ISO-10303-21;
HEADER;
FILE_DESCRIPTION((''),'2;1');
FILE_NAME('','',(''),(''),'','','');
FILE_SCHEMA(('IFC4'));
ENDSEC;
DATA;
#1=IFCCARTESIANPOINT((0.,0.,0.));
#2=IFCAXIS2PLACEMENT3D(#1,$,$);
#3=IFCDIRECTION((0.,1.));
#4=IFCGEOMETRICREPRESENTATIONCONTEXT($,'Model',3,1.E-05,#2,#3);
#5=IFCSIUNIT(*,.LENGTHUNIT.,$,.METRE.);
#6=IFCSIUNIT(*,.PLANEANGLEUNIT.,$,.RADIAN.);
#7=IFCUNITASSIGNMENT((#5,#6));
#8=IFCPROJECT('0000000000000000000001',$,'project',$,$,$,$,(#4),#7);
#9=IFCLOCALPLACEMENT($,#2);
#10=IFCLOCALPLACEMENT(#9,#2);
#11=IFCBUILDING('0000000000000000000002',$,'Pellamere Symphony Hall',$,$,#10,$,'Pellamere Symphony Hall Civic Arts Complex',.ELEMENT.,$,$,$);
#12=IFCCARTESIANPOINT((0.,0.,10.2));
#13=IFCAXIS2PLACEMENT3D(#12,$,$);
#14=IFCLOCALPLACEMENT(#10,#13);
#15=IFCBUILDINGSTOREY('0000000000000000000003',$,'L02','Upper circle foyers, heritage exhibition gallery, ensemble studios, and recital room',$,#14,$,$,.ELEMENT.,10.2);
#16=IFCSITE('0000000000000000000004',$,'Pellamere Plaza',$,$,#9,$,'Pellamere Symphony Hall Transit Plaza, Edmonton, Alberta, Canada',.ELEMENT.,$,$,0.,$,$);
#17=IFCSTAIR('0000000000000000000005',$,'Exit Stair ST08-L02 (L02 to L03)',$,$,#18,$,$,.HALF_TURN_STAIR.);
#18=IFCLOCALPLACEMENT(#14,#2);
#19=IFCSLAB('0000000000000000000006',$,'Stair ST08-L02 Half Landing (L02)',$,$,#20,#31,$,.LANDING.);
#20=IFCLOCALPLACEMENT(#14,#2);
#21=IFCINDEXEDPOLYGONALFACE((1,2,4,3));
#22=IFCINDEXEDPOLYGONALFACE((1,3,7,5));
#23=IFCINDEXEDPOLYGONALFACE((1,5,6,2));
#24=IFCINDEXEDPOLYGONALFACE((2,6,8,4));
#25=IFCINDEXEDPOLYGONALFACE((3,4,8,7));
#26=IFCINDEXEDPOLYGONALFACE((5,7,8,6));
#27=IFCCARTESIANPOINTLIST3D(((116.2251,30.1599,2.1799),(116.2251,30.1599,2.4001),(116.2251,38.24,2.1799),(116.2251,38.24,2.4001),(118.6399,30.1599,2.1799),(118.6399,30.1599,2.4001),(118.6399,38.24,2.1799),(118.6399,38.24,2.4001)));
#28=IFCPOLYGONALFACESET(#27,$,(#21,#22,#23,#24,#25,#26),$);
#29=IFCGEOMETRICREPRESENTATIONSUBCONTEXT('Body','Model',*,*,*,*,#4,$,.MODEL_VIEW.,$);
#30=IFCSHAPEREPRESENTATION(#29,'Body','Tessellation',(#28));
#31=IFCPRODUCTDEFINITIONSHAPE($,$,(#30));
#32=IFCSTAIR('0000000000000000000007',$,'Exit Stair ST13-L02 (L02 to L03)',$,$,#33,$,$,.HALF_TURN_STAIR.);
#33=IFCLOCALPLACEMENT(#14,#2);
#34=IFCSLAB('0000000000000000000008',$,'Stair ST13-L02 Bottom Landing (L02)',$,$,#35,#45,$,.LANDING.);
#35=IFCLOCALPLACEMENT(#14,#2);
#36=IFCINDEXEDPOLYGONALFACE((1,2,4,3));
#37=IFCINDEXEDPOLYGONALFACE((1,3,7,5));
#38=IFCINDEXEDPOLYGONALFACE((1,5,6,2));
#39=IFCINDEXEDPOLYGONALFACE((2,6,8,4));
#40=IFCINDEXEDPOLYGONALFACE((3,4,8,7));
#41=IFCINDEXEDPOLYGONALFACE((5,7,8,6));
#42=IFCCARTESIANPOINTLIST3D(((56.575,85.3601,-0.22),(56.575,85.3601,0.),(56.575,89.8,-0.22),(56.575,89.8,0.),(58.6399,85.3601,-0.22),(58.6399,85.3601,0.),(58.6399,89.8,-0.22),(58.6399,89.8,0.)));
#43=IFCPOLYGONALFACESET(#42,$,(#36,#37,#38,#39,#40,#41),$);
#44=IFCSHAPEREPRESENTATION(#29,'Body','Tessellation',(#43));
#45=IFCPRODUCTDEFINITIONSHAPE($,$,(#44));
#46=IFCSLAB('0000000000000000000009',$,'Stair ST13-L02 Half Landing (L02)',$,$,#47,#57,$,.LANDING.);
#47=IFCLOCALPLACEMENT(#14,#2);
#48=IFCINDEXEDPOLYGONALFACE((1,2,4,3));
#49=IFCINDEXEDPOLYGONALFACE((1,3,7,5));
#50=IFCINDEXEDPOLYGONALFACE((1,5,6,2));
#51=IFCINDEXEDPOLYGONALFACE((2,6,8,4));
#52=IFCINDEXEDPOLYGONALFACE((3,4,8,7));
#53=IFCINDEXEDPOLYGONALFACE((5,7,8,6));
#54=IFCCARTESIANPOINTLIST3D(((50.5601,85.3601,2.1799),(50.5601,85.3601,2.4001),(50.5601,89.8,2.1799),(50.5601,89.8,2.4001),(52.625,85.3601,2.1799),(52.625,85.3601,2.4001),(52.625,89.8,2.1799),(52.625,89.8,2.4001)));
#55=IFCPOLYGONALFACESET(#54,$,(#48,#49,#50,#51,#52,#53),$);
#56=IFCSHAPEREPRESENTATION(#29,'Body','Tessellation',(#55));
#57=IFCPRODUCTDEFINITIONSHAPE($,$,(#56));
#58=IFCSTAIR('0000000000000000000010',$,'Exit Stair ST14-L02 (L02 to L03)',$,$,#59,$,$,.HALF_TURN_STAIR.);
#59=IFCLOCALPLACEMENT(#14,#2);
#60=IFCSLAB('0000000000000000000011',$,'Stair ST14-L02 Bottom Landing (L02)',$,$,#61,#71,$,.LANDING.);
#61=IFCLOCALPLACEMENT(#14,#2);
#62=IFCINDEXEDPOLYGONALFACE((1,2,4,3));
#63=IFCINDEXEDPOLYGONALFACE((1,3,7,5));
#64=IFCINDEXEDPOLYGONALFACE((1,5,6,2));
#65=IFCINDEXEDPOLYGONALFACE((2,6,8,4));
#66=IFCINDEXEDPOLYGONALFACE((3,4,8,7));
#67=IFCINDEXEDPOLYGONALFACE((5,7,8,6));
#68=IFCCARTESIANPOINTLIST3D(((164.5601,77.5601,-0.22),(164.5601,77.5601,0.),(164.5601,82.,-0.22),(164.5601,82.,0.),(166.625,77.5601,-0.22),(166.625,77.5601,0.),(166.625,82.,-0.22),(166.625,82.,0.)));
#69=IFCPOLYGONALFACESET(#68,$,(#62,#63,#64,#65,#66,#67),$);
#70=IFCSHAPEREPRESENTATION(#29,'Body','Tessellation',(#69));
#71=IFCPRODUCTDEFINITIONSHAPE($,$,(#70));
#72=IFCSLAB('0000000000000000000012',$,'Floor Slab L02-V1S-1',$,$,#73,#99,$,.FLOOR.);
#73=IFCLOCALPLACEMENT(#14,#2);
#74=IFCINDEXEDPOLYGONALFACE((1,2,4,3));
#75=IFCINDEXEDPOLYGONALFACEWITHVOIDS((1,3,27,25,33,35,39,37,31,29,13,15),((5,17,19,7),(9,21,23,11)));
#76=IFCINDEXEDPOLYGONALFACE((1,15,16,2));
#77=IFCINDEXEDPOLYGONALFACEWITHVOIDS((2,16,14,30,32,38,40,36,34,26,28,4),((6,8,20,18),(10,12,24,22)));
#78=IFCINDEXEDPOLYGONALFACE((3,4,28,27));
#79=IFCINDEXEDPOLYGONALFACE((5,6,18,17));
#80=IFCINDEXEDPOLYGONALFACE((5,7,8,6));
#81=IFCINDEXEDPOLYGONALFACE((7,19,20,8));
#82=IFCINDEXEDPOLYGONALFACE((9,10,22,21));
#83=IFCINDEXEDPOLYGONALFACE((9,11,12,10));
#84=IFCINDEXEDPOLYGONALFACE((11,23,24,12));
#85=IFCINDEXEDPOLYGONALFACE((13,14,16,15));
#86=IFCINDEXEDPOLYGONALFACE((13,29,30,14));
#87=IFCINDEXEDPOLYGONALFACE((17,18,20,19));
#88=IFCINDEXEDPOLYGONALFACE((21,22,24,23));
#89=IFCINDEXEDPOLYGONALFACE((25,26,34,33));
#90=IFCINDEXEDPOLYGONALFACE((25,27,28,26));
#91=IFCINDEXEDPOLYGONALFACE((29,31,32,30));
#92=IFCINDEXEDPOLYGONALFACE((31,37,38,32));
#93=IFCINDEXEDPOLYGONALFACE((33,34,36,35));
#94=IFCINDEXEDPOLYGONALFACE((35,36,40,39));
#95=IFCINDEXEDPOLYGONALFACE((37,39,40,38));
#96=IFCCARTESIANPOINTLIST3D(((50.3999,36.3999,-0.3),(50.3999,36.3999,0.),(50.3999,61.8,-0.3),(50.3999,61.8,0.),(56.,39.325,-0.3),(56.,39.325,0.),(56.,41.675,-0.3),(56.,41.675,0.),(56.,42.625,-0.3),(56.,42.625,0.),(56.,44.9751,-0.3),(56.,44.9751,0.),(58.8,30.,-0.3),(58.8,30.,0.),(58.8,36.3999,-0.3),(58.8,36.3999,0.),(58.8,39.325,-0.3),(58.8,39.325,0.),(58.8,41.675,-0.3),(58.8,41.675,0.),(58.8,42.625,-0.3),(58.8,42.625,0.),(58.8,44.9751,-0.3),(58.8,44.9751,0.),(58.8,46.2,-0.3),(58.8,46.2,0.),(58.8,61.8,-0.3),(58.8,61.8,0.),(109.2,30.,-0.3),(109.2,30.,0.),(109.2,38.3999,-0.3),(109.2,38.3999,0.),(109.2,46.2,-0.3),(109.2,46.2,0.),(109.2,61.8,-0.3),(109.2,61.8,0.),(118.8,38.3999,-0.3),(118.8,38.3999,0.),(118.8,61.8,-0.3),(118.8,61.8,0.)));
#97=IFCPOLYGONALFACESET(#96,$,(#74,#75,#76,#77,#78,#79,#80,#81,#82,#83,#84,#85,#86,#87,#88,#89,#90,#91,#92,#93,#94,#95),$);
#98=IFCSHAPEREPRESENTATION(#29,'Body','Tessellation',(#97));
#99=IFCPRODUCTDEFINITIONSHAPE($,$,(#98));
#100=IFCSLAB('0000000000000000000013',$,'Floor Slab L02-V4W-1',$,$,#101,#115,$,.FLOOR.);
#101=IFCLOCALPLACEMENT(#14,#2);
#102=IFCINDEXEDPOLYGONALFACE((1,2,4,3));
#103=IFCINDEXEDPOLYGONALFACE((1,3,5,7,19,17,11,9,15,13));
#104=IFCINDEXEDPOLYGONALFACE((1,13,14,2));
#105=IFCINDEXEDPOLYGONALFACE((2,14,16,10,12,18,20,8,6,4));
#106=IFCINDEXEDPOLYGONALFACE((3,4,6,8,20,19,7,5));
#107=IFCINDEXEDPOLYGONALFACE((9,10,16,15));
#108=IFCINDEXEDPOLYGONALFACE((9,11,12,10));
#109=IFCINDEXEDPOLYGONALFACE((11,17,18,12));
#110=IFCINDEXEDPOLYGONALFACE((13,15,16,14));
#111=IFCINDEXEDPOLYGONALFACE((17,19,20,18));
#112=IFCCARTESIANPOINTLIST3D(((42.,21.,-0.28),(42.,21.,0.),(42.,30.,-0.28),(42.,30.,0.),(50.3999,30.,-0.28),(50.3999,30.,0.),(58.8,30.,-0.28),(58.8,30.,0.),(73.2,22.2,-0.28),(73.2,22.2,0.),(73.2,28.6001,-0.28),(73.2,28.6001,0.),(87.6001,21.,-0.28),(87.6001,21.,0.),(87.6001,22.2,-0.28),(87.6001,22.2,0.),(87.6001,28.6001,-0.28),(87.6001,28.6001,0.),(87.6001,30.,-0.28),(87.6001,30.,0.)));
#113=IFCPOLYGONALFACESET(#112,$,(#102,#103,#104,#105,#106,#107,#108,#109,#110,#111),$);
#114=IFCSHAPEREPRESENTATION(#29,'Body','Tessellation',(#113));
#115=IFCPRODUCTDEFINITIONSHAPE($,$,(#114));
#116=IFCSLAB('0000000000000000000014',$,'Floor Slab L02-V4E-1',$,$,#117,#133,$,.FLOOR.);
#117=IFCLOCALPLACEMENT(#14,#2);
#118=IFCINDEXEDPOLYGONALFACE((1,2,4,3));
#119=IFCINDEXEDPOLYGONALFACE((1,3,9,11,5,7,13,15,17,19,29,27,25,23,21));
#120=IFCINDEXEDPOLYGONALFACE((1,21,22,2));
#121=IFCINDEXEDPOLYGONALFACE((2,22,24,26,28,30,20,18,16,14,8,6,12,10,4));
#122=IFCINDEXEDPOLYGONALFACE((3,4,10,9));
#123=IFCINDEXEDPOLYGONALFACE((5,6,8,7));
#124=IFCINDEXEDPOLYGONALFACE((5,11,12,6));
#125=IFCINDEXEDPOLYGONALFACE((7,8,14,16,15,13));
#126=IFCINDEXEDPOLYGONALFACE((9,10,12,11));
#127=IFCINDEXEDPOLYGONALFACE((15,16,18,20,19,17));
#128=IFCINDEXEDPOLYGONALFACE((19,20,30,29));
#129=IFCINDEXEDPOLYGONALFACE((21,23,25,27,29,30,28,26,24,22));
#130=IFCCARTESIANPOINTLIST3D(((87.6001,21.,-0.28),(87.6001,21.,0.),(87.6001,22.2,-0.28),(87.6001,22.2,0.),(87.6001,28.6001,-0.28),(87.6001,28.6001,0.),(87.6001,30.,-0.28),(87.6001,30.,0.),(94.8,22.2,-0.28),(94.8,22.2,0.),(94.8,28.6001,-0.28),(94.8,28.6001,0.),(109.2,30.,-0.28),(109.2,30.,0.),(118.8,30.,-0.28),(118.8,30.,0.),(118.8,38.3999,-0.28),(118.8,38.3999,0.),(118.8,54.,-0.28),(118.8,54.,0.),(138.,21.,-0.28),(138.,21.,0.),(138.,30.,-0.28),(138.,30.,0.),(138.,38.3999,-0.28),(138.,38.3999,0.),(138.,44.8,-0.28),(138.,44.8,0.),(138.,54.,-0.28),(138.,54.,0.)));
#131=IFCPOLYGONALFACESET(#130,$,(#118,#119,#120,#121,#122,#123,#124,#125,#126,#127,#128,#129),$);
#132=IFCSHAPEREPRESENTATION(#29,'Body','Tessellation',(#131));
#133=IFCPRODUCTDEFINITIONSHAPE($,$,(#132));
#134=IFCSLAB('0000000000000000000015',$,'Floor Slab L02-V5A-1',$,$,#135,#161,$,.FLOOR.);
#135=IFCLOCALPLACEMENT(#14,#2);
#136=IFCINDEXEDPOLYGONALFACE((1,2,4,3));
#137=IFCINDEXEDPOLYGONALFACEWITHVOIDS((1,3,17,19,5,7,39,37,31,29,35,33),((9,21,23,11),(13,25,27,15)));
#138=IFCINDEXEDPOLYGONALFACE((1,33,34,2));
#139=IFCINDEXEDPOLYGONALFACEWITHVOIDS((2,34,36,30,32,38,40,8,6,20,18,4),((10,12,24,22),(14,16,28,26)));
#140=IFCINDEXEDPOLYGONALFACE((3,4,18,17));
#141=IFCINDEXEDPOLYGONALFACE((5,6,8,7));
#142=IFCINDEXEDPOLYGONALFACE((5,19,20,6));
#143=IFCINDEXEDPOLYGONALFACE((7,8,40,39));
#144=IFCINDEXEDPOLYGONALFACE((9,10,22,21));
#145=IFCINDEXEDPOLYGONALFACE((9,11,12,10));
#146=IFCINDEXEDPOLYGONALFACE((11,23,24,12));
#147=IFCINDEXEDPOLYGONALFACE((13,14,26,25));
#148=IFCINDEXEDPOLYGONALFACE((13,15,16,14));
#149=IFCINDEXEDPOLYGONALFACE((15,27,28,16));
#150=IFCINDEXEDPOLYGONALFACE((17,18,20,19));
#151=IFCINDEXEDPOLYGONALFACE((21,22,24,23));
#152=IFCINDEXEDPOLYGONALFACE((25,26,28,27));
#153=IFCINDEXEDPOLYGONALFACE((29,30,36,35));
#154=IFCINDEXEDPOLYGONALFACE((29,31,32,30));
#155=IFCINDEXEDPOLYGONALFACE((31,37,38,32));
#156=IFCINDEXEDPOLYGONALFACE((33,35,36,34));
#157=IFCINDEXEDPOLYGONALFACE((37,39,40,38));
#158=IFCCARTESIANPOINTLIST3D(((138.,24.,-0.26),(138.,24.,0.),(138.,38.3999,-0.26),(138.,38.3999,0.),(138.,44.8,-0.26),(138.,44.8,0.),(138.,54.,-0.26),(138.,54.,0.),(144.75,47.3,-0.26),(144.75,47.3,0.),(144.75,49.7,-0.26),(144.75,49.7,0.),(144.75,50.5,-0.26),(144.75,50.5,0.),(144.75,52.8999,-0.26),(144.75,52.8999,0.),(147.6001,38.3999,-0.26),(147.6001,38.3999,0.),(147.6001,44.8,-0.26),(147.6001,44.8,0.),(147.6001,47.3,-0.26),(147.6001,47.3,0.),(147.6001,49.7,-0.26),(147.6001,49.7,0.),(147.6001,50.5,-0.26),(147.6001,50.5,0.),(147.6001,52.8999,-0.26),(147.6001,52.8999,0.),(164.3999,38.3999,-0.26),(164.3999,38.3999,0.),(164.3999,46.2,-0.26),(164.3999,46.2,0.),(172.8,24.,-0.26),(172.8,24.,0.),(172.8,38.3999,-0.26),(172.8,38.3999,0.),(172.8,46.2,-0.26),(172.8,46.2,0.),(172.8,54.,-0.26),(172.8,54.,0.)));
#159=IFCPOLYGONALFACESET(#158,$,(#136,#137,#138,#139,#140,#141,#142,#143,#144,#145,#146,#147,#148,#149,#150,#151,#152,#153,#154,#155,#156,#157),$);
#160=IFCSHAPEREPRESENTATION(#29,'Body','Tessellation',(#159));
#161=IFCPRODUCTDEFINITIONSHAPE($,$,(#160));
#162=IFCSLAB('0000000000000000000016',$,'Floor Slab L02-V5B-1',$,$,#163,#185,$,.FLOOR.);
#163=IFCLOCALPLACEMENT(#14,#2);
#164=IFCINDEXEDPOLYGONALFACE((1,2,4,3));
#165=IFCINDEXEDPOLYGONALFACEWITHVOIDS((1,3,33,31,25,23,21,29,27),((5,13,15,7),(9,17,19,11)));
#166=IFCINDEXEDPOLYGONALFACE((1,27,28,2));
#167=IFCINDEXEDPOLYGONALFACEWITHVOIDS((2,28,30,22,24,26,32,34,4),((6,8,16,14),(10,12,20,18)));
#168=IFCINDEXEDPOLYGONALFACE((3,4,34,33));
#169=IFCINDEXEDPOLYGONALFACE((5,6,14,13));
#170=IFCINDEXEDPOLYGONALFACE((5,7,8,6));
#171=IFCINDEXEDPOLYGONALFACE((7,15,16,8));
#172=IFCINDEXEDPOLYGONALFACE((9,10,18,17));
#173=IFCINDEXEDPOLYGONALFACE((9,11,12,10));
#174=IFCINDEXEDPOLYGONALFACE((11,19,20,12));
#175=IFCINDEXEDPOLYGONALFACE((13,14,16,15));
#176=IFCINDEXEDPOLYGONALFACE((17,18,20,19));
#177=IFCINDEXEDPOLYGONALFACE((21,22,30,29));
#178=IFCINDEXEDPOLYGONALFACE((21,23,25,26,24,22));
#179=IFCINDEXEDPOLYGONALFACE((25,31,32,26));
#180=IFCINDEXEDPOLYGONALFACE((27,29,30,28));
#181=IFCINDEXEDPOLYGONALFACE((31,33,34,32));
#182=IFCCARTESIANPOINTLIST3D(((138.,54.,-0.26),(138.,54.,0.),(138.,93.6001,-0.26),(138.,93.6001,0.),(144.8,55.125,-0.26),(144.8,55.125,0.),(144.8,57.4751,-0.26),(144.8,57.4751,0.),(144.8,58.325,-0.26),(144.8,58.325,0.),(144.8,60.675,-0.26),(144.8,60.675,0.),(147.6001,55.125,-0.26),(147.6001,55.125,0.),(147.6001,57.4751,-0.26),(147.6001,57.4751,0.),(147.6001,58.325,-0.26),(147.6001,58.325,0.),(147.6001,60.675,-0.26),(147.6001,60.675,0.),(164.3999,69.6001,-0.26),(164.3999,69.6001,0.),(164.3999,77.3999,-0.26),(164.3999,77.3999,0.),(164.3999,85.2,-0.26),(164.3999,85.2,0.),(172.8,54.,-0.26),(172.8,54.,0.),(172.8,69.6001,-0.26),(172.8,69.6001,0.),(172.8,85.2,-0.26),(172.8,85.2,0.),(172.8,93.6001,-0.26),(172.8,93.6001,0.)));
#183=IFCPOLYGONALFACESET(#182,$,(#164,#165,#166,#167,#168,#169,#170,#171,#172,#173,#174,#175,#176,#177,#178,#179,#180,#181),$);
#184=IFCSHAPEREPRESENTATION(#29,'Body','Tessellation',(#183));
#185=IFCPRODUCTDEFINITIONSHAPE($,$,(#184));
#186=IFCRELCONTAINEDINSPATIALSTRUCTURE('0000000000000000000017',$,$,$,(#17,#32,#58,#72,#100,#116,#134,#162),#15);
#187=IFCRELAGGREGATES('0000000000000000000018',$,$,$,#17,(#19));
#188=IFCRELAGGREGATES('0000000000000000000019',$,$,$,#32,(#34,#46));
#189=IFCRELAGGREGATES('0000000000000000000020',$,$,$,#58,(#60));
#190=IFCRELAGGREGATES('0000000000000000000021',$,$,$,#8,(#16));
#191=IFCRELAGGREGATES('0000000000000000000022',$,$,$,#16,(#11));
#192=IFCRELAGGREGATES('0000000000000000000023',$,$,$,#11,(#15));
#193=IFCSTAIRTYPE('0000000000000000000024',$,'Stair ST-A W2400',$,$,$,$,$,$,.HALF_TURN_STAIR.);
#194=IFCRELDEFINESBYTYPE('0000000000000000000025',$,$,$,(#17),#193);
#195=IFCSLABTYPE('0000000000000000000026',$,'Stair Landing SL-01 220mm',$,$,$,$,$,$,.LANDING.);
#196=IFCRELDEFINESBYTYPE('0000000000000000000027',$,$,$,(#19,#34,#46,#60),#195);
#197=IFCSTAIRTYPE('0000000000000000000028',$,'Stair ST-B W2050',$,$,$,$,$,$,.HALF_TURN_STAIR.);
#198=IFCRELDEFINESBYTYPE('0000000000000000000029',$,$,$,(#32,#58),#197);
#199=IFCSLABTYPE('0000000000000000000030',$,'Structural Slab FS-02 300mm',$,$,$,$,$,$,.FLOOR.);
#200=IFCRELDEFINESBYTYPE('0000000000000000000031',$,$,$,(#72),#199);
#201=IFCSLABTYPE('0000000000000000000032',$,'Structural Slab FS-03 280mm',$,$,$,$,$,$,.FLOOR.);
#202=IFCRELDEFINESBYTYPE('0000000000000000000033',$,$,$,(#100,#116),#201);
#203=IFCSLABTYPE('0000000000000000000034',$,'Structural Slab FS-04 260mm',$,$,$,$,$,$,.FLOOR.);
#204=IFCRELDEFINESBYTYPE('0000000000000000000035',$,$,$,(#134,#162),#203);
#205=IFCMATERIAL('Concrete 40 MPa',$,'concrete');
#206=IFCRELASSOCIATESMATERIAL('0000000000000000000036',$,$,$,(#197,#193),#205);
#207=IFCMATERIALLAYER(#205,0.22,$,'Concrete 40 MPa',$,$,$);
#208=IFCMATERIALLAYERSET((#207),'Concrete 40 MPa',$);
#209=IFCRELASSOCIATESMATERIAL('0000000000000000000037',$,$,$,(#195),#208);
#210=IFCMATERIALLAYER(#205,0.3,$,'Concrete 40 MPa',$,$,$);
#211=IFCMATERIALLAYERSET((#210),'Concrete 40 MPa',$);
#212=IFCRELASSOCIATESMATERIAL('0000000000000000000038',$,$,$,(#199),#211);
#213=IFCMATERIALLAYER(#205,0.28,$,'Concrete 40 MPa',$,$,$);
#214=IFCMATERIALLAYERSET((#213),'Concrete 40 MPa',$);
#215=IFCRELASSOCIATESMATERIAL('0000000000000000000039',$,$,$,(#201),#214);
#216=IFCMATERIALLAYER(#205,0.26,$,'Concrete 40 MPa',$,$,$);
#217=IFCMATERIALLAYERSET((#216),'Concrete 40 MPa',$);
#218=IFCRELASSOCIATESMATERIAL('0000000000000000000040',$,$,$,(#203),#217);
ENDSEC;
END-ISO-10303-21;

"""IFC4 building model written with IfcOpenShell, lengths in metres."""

from ifc_helpers import new_model, si_unit, direction, frame, origin, place, context, subcontext, project, spatial, polyline, outline, extrude, material, layer, layer_set, type_object, element, aggregate, save


model = new_model("IFC4")

# Units and contexts
model_context = context("Model", 3, precision=1e-05, world=origin(), true_north=direction((0.0, 1.0)))
body_context = subcontext(model_context, "Body", "Model", "MODEL_VIEW")
ifc_project = project(units=[si_unit("LENGTHUNIT", "METRE"), si_unit("PLANEANGLEUNIT", "RADIAN")], contexts=[model_context])

# Site, building, storey
site_placement = place(None, origin())
site = spatial("IfcSite", under=ifc_project, at=site_placement, Name="Pellamere Plaza", LongName="Pellamere Symphony Hall Transit Plaza, Edmonton, Alberta, Canada", CompositionType="ELEMENT", RefElevation=0.0)
building_placement = place(site_placement, origin())
building = spatial("IfcBuilding", under=site, at=building_placement, Name="Pellamere Symphony Hall", LongName="Pellamere Symphony Hall Civic Arts Complex", CompositionType="ELEMENT")
storey_placement = place(building_placement, frame((0.0, 0.0, 10.2)))
storey = spatial("IfcBuildingStorey", under=building, at=storey_placement, Name="L02", Description="Upper circle foyers, heritage exhibition gallery, ensemble studios, and recital room", CompositionType="ELEMENT", Elevation=10.2)

# Stairs, slabs
ifc_material_1 = material(Name="Concrete 40 MPa", Category="concrete")
stair_type_1 = type_object("IfcStairType", Name="Stair ST-B W2050", PredefinedType="HALF_TURN_STAIR", material=ifc_material_1)
ifc_layer_1 = layer(ifc_material_1, 0.22, Name="Concrete 40 MPa")
ifc_layer_set_1 = layer_set([ifc_layer_1], Name="Concrete 40 MPa")
slab_type_1 = type_object("IfcSlabType", Name="Stair Landing SL-01 220mm", PredefinedType="LANDING", material=ifc_layer_set_1)
stair_type_2 = type_object("IfcStairType", Name="Stair ST-A W2400", PredefinedType="HALF_TURN_STAIR", material=ifc_material_1)
stair_1_placement = place(storey_placement, origin())
stair_1 = element("IfcStair", 1, at=stair_1_placement, inside=storey, type_object=stair_type_2, Name="Exit Stair ST08-L02 (L02 to L03)", PredefinedType="HALF_TURN_STAIR")
slab_1_placement = place(storey_placement, frame((0.0, 0.0, 2.1799)))
slab_1 = element("IfcSlab", 2, at=slab_1_placement, type_object=slab_type_1, Name="Stair ST08-L02 Half Landing (L02)", PredefinedType="LANDING", context=body_context, shape_type="SweptSolid", body=[
    extrude(outline(polyline([(116.2251, 30.1599), (118.6399, 30.1599), (118.6399, 38.24), (116.2251, 38.24), (116.2251, 30.1599)])), origin(), (0.0, 0.0, 1.0), 0.2202),
])
aggregate(stair_1, [slab_1])
stair_2_placement = place(storey_placement, origin())
stair_2 = element("IfcStair", 3, at=stair_2_placement, inside=storey, type_object=stair_type_1, Name="Exit Stair ST13-L02 (L02 to L03)", PredefinedType="HALF_TURN_STAIR")
slab_2_placement = place(storey_placement, frame((0.0, 0.0, -0.22)))
slab_2 = element("IfcSlab", 4, at=slab_2_placement, type_object=slab_type_1, Name="Stair ST13-L02 Bottom Landing (L02)", PredefinedType="LANDING", context=body_context, shape_type="SweptSolid", body=[
    extrude(outline(polyline([(56.575, 85.3601), (58.6399, 85.3601), (58.6399, 89.8), (56.575, 89.8), (56.575, 85.3601)])), origin(), (0.0, 0.0, 1.0), 0.22),
])
slab_3_placement = place(storey_placement, frame((0.0, 0.0, 2.1799)))
slab_3 = element("IfcSlab", 5, at=slab_3_placement, type_object=slab_type_1, Name="Stair ST13-L02 Half Landing (L02)", PredefinedType="LANDING", context=body_context, shape_type="SweptSolid", body=[
    extrude(outline(polyline([(50.5601, 85.3601), (52.625, 85.3601), (52.625, 89.8), (50.5601, 89.8), (50.5601, 85.3601)])), origin(), (0.0, 0.0, 1.0), 0.2202),
])
aggregate(stair_2, [slab_2, slab_3])

# Stair, slab
stair_3_placement = place(storey_placement, origin())
stair_3 = element("IfcStair", 6, at=stair_3_placement, inside=storey, type_object=stair_type_1, Name="Exit Stair ST14-L02 (L02 to L03)", PredefinedType="HALF_TURN_STAIR")
slab_4_placement = place(storey_placement, frame((0.0, 0.0, -0.22)))
slab_4 = element("IfcSlab", 7, at=slab_4_placement, type_object=slab_type_1, Name="Stair ST14-L02 Bottom Landing (L02)", PredefinedType="LANDING", context=body_context, shape_type="SweptSolid", body=[
    extrude(outline(polyline([(164.5601, 77.5601), (166.625, 77.5601), (166.625, 82.0), (164.5601, 82.0), (164.5601, 77.5601)])), origin(), (0.0, 0.0, 1.0), 0.22),
])
aggregate(stair_3, [slab_4])

# Slabs
ifc_layer_2 = layer(ifc_material_1, 0.3, Name="Concrete 40 MPa")
ifc_layer_set_2 = layer_set([ifc_layer_2], Name="Concrete 40 MPa")
slab_type_2 = type_object("IfcSlabType", Name="Structural Slab FS-02 300mm", PredefinedType="FLOOR", material=ifc_layer_set_2)
slab_5_placement = place(storey_placement, frame((0.0, 0.0, -0.3)))
element("IfcSlab", 8, at=slab_5_placement, inside=storey, type_object=slab_type_2, Name="Floor Slab L02-V1S-1", PredefinedType="FLOOR", context=body_context, shape_type="SweptSolid", body=[
    extrude(outline(polyline([(58.8, 61.8), (58.8, 46.2), (109.2, 46.2), (109.2, 61.8), (118.8, 61.8), (118.8, 38.3999), (109.2, 38.3999), (109.2, 30.0), (58.8, 30.0), (58.8, 36.3999), (50.3999, 36.3999), (50.3999, 61.8), (58.8, 61.8)]), holes=[polyline([(58.8, 41.675), (56.0, 41.675), (56.0, 39.325), (58.8, 39.325), (58.8, 41.675)]), polyline([(58.8, 44.9751), (56.0, 44.9751), (56.0, 42.625), (58.8, 42.625), (58.8, 44.9751)])]), origin(), (0.0, 0.0, 1.0), 0.3),
])
ifc_layer_3 = layer(ifc_material_1, 0.28, Name="Concrete 40 MPa")
ifc_layer_set_3 = layer_set([ifc_layer_3], Name="Concrete 40 MPa")
slab_type_3 = type_object("IfcSlabType", Name="Structural Slab FS-03 280mm", PredefinedType="FLOOR", material=ifc_layer_set_3)
slab_6_placement = place(storey_placement, frame((0.0, 0.0, -0.28)))
element("IfcSlab", 9, at=slab_6_placement, inside=storey, type_object=slab_type_3, Name="Floor Slab L02-V4W-1", PredefinedType="FLOOR", context=body_context, shape_type="SweptSolid", body=[
    extrude(outline(polyline([(87.6001, 21.0), (42.0, 21.0), (42.0, 30.0), (50.3999, 30.0), (58.8, 30.0), (87.6001, 30.0), (87.6001, 28.6001), (73.2, 28.6001), (73.2, 22.2), (87.6001, 22.2), (87.6001, 21.0)])), origin(), (0.0, 0.0, 1.0), 0.28),
])
slab_7_placement = place(storey_placement, frame((0.0, 0.0, -0.28)))
element("IfcSlab", 10, at=slab_7_placement, inside=storey, type_object=slab_type_3, Name="Floor Slab L02-V4E-1", PredefinedType="FLOOR", context=body_context, shape_type="SweptSolid", body=[
    extrude(outline(polyline([(87.6001, 21.0), (87.6001, 22.2), (94.8, 22.2), (94.8, 28.6001), (87.6001, 28.6001), (87.6001, 30.0), (109.2, 30.0), (118.8, 30.0), (118.8, 38.3999), (118.8, 54.0), (138.0, 54.0), (138.0, 44.8), (138.0, 38.3999), (138.0, 30.0), (138.0, 21.0), (87.6001, 21.0)])), origin(), (0.0, 0.0, 1.0), 0.28),
])
ifc_layer_4 = layer(ifc_material_1, 0.26, Name="Concrete 40 MPa")
ifc_layer_set_4 = layer_set([ifc_layer_4], Name="Concrete 40 MPa")
slab_type_4 = type_object("IfcSlabType", Name="Structural Slab FS-04 260mm", PredefinedType="FLOOR", material=ifc_layer_set_4)
slab_8_placement = place(storey_placement, frame((0.0, 0.0, -0.26)))
element("IfcSlab", 11, at=slab_8_placement, inside=storey, type_object=slab_type_4, Name="Floor Slab L02-V5A-1", PredefinedType="FLOOR", context=body_context, shape_type="SweptSolid", body=[
    extrude(outline(polyline([(172.8, 24.0), (138.0, 24.0), (138.0, 38.3999), (147.6001, 38.3999), (147.6001, 44.8), (138.0, 44.8), (138.0, 54.0), (172.8, 54.0), (172.8, 46.2), (164.3999, 46.2), (164.3999, 38.3999), (172.8, 38.3999), (172.8, 24.0)]), holes=[polyline([(147.6001, 49.7), (144.75, 49.7), (144.75, 47.3), (147.6001, 47.3), (147.6001, 49.7)]), polyline([(147.6001, 52.8999), (144.75, 52.8999), (144.75, 50.5), (147.6001, 50.5), (147.6001, 52.8999)])]), origin(), (0.0, 0.0, 1.0), 0.26),
])
slab_9_placement = place(storey_placement, frame((0.0, 0.0, -0.26)))
element("IfcSlab", 12, at=slab_9_placement, inside=storey, type_object=slab_type_4, Name="Floor Slab L02-V5B-1", PredefinedType="FLOOR", context=body_context, shape_type="SweptSolid", body=[
    extrude(outline(polyline([(172.8, 54.0), (138.0, 54.0), (138.0, 93.6001), (172.8, 93.6001), (172.8, 85.2), (164.3999, 85.2), (164.3999, 77.3999), (164.3999, 69.6001), (172.8, 69.6001), (172.8, 54.0)]), holes=[polyline([(147.6001, 57.4751), (144.8, 57.4751), (144.8, 55.125), (147.6001, 55.125), (147.6001, 57.4751)]), polyline([(147.6001, 60.675), (144.8, 60.675), (144.8, 58.325), (147.6001, 58.325), (147.6001, 60.675)])]), origin(), (0.0, 0.0, 1.0), 0.26),
])

save(model, "model.ifc")
